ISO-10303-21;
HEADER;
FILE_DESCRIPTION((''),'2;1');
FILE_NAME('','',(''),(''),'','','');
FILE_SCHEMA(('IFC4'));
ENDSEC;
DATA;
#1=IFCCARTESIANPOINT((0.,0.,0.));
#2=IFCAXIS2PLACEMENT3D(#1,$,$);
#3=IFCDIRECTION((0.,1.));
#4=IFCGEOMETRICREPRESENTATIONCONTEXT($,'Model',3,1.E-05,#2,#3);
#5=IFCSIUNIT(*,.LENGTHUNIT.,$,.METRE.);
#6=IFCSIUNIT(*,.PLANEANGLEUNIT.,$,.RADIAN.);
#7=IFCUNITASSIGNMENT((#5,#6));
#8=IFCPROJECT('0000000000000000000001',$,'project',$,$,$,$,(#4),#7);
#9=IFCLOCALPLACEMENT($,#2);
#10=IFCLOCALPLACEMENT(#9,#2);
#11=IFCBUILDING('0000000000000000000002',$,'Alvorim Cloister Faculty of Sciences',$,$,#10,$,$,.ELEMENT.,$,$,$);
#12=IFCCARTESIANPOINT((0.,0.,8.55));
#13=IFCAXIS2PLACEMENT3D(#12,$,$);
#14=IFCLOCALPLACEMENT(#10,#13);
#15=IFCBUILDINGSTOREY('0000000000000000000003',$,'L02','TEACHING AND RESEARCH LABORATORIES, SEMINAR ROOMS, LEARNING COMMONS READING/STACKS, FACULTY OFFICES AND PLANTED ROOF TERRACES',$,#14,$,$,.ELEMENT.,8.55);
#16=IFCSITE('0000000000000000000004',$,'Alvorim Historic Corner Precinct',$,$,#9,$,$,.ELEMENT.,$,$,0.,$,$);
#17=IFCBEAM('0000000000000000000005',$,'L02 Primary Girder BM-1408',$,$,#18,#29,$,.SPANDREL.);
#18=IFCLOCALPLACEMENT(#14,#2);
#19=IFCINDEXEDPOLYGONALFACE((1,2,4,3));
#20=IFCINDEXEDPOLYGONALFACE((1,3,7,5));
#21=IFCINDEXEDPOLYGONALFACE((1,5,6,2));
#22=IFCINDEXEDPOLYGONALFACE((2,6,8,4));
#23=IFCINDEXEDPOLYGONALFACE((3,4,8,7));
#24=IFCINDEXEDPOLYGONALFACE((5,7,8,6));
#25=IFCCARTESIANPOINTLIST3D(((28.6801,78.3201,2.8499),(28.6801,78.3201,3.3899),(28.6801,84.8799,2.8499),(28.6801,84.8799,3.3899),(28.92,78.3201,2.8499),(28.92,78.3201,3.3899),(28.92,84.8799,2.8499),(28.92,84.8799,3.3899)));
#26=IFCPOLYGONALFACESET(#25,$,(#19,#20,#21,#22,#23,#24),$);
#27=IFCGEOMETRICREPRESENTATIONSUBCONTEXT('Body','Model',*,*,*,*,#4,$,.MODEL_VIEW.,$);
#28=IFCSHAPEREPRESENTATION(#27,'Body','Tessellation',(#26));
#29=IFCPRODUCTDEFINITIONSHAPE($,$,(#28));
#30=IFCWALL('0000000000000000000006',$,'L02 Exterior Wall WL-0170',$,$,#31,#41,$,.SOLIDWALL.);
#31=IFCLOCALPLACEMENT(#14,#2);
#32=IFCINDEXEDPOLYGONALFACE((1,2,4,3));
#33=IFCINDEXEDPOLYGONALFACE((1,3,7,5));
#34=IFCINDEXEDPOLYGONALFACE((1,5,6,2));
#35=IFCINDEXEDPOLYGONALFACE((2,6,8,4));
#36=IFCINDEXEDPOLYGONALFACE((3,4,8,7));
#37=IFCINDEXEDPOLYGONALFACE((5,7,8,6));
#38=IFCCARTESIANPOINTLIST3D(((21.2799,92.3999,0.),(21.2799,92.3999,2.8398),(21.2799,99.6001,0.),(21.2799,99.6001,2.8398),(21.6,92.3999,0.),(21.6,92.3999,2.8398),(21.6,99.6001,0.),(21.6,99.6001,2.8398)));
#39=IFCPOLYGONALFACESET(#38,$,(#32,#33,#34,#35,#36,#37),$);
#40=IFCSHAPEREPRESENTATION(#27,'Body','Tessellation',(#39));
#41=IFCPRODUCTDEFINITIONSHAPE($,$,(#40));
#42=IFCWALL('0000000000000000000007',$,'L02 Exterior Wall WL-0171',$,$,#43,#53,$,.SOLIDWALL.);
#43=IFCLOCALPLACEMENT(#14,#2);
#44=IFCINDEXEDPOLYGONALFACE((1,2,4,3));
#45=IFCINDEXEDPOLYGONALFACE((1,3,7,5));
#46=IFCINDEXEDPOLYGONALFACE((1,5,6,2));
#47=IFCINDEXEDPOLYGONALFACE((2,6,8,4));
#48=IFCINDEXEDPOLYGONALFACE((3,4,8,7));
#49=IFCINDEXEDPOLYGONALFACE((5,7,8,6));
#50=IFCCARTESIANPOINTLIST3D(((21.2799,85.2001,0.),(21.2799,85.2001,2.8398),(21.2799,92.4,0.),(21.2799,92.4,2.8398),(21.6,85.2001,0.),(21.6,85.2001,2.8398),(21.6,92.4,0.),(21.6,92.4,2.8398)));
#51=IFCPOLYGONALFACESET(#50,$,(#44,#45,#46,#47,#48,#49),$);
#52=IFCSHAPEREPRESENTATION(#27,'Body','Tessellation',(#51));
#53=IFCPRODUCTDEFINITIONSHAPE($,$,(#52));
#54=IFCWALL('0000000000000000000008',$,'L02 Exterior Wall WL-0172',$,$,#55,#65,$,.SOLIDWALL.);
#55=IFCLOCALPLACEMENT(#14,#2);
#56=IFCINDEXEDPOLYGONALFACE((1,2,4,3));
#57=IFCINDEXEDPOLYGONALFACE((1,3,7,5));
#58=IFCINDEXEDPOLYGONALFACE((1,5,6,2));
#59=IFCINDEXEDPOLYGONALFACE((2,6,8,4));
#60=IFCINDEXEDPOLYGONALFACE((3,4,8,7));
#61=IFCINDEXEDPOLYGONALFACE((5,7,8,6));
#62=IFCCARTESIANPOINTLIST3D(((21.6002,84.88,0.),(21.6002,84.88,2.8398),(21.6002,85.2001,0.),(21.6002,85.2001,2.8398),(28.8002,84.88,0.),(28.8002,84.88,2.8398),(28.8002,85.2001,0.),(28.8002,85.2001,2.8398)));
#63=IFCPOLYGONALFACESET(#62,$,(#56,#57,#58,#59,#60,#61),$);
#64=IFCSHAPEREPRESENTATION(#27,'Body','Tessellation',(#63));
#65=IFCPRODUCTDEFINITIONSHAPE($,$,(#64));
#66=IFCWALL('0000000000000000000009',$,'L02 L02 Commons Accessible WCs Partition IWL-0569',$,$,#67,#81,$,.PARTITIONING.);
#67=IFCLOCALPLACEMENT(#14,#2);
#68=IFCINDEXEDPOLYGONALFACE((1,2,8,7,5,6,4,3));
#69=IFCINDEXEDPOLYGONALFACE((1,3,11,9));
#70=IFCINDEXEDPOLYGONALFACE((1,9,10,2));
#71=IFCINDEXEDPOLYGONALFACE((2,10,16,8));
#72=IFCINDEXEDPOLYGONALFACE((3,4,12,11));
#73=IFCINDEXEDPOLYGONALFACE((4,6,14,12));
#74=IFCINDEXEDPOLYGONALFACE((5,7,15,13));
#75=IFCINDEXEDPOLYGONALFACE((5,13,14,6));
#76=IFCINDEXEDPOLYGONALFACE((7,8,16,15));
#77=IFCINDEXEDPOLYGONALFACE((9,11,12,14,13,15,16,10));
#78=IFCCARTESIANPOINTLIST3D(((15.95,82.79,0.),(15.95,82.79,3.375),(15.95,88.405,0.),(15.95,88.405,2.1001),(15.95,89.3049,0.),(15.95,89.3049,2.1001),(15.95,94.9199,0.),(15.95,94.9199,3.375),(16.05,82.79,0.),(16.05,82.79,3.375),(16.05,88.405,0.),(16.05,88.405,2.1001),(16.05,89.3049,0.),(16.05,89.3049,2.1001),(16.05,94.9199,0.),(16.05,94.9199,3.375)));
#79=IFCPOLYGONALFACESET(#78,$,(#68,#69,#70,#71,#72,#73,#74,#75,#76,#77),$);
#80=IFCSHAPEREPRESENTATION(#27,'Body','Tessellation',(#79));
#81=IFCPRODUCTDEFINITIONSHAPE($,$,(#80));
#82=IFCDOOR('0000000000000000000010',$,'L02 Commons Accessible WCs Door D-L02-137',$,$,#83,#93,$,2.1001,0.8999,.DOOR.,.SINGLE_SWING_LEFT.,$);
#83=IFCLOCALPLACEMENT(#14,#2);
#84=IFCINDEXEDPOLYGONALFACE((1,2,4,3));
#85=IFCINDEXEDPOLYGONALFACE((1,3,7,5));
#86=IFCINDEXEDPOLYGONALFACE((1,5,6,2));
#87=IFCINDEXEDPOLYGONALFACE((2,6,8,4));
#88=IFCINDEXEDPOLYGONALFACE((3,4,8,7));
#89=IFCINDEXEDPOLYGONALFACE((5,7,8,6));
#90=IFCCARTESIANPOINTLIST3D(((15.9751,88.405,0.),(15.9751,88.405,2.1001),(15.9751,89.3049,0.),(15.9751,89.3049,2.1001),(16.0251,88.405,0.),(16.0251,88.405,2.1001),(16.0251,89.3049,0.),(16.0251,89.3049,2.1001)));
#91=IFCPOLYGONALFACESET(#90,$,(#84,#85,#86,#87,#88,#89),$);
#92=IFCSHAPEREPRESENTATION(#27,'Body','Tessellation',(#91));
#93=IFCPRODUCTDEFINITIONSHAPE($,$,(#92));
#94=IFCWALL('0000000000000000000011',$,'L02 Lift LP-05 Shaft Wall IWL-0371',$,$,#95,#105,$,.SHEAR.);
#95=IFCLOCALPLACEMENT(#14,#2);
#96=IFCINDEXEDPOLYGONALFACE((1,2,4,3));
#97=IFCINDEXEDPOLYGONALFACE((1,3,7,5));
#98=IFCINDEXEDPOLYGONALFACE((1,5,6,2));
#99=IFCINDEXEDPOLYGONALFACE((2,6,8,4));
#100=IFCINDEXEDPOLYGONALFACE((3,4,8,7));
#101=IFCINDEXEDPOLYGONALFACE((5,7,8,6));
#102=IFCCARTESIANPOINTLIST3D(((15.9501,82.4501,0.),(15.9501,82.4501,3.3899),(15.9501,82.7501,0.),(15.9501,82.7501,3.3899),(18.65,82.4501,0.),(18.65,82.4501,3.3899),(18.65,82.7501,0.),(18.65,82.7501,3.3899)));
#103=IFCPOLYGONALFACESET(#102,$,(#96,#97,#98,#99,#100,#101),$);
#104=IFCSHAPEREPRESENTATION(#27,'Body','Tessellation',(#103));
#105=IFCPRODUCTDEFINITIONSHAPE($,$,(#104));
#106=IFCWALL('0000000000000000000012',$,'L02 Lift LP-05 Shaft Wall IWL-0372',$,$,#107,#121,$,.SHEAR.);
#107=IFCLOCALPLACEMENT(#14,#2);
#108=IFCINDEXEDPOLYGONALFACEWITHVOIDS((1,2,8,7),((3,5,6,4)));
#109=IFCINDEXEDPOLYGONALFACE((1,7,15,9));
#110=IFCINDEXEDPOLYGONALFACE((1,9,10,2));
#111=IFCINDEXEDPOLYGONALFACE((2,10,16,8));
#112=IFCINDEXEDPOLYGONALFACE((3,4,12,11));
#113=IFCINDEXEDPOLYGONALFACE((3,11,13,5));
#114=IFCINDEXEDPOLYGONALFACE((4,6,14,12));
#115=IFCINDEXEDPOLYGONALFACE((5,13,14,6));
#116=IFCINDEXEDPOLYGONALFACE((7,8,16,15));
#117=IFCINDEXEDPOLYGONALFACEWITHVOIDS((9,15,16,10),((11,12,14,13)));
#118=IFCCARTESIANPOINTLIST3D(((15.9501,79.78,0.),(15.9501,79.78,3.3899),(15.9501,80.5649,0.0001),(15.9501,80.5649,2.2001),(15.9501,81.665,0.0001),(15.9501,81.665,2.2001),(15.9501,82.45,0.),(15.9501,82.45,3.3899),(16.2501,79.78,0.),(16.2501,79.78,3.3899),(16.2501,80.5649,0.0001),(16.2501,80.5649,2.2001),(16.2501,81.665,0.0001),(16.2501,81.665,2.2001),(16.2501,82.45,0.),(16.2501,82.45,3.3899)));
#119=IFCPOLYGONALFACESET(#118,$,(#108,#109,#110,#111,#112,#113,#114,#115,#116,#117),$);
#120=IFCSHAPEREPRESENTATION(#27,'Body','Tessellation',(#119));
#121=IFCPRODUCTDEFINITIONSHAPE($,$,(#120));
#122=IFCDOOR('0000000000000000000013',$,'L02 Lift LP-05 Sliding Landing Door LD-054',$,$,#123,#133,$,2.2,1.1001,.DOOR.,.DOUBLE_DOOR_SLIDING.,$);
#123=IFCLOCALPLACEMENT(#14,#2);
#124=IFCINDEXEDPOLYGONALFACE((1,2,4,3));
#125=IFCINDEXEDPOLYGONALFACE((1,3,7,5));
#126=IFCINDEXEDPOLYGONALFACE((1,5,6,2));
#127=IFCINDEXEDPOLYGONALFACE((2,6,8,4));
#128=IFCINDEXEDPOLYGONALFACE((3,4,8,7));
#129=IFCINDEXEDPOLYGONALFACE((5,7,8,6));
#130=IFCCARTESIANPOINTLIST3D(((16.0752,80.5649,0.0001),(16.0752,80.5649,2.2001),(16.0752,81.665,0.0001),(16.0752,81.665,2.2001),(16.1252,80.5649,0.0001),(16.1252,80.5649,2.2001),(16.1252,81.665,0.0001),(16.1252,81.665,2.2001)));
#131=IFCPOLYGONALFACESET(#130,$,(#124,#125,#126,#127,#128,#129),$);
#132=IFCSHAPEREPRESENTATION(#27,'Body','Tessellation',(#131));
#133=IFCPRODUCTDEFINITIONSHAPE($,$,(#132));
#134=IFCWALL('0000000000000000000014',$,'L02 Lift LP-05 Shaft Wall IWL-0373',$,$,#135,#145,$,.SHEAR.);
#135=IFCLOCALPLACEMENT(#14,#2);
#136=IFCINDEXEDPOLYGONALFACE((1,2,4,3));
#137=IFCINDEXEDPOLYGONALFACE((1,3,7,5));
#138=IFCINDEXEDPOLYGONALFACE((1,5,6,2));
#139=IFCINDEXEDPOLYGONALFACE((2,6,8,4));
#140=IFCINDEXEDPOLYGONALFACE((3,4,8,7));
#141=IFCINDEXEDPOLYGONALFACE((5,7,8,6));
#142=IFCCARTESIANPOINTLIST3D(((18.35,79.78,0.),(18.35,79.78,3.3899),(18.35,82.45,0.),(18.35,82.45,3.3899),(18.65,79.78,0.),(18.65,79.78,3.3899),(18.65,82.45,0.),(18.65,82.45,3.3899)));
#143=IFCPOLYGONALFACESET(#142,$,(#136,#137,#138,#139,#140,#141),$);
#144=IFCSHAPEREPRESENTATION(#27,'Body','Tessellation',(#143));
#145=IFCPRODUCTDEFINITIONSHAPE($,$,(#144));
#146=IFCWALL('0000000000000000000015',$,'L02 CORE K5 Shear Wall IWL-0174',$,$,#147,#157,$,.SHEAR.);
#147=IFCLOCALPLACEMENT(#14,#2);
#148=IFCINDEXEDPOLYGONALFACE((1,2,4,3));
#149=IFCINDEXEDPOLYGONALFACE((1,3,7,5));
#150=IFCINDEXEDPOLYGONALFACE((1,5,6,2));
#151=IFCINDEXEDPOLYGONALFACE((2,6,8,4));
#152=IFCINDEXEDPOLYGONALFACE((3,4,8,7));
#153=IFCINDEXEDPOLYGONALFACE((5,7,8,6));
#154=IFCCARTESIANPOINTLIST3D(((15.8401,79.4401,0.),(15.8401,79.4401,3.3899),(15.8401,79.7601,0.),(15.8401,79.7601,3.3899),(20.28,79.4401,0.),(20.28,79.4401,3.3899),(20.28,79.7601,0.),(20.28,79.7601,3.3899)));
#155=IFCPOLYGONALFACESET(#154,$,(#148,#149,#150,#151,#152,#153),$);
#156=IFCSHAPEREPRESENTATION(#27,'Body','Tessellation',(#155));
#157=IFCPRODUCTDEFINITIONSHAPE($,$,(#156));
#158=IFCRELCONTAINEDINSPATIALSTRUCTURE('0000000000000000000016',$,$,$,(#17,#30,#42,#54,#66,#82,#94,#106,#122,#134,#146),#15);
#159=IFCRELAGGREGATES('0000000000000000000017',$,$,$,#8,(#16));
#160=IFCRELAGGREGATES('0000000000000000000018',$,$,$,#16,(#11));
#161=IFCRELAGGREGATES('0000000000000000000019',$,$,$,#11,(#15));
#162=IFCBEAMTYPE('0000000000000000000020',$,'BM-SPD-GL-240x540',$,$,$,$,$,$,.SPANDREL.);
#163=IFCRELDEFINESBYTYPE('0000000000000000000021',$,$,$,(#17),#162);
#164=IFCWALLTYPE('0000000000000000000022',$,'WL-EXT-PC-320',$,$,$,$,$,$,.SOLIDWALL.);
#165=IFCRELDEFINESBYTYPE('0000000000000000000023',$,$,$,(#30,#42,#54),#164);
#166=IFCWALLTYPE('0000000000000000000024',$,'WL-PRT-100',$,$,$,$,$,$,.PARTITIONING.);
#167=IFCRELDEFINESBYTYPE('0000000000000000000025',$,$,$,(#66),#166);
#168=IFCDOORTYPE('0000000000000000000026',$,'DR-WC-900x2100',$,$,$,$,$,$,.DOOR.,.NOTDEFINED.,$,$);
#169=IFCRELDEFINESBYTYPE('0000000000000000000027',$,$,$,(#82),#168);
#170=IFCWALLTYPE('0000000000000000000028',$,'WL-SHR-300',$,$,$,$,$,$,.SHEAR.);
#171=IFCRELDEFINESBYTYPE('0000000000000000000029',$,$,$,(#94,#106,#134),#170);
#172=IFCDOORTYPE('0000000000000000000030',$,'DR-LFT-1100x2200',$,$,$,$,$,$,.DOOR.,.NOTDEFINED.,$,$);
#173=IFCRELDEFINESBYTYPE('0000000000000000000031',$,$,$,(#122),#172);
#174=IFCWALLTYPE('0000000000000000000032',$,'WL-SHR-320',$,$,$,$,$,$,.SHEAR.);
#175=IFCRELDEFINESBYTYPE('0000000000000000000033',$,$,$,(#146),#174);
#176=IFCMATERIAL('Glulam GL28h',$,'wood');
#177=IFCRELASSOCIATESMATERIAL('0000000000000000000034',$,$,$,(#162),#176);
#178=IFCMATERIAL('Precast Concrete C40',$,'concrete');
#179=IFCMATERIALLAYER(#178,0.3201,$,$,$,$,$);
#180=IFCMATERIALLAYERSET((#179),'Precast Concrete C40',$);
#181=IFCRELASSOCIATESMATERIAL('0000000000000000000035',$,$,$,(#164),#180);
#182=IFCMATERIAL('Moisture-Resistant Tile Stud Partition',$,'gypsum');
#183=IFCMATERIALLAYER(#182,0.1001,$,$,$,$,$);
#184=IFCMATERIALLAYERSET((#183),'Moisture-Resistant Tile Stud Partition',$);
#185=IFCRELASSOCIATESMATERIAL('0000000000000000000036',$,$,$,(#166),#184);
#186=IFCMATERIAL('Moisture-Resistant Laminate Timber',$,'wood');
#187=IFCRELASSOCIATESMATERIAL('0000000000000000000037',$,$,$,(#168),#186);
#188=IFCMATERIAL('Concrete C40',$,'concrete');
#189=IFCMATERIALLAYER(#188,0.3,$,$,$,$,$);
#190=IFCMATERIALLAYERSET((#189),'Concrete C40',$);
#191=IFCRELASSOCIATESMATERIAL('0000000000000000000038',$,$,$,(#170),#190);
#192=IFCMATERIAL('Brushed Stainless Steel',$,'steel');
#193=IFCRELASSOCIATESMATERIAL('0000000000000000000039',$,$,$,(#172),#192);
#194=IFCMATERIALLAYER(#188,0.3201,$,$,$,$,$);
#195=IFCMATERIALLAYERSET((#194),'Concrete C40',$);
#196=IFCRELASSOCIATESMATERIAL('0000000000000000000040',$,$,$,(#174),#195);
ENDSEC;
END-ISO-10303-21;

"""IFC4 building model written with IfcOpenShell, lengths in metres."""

from ifc_helpers import new_model, si_unit, direction, frame, frame_2d, origin, origin_2d, place, context, subcontext, project, spatial, rectangle, extrude, material, layer, layer_set, material_profile, profile_set, type_object, element, fill, save


model = new_model("IFC4")

# Units and contexts
model_context = context("Model", 3, precision=1e-05, world=origin(), true_north=direction((0.0, 1.0)))
body_context = subcontext(model_context, "Body", "Model", "MODEL_VIEW")
ifc_project = project(units=[si_unit("LENGTHUNIT", "METRE"), si_unit("PLANEANGLEUNIT", "RADIAN")], contexts=[model_context])

# Site, building, storey
site_placement = place(None, origin())
site = spatial("IfcSite", under=ifc_project, at=site_placement, Name="Alvorim Historic Corner Precinct", CompositionType="ELEMENT", RefElevation=0.0)
building_placement = place(site_placement, origin())
building = spatial("IfcBuilding", under=site, at=building_placement, Name="Alvorim Cloister Faculty of Sciences", CompositionType="ELEMENT")
storey_placement = place(building_placement, frame((0.0, 0.0, 8.55)))
storey = spatial("IfcBuildingStorey", under=building, at=storey_placement, Name="L02", Description="TEACHING AND RESEARCH LABORATORIES, SEMINAR ROOMS, LEARNING COMMONS READING/STACKS, FACULTY OFFICES AND PLANTED ROOF TERRACES", CompositionType="ELEMENT", Elevation=8.55)

# Shared definitions
ifc_material_1 = material(Name="Precast Concrete C40", Category="concrete")

# Beam
ifc_material_2 = material(Name="Glulam GL28h", Category="wood")
ifc_material_profile_1 = material_profile(ifc_material_2, rectangle(XDim=0.24, YDim=0.54, at=origin_2d()), Name="GL28-SPD-240x540")
ifc_profile_set_1 = profile_set([ifc_material_profile_1], Name="Glulam GL28h")
beam_type_1 = type_object("IfcBeamType", Name="BM-SPD-GL-240x540", PredefinedType="SPANDREL", material=ifc_profile_set_1)
beam_1_placement = place(storey_placement, frame((28.8, 78.3201, 3.1199), z_axis=(0.0, 1.0, 0.0), x_axis=(-1.0, 0.0, 0.0)))
element("IfcBeam", 1, at=beam_1_placement, inside=storey, type_object=beam_type_1, Name="L02 Primary Girder BM-1408", PredefinedType="SPANDREL", context=body_context, shape_type="SweptSolid", body=[
    extrude(rectangle(XDim=0.24, YDim=0.54, at=origin_2d()), origin(), (0.0, 0.0, 1.0), 6.5598),
])

# Walls
ifc_layer_1 = layer(ifc_material_1, 0.3201)
ifc_layer_set_1 = layer_set([ifc_layer_1], Name="Precast Concrete C40")
wall_type_1 = type_object("IfcWallType", Name="WL-EXT-PC-320", PredefinedType="SOLIDWALL", material=ifc_layer_set_1)
wall_1_placement = place(storey_placement, frame((21.4399, 92.3999, 0.0), z_axis=(0.0, 0.0, 1.0), x_axis=(0.0, 1.0, 0.0)))
element("IfcWall", 2, at=wall_1_placement, inside=storey, type_object=wall_type_1, Name="L02 Exterior Wall WL-0170", PredefinedType="SOLIDWALL", context=body_context, shape_type="SweptSolid", body=[
    extrude(rectangle(XDim=7.2002, YDim=0.3201, at=frame_2d((3.6001, 0.0))), origin(), (0.0, 0.0, 1.0), 2.8398),
])
for number, where, z_axis, x_axis, name in (
    (3, (21.4399, 85.2, 0.0), (0.0, 0.0, 1.0), (0.0, 1.0, 0.0), "L02 Exterior Wall WL-0171"),
    (4, (21.6001, 85.04, 0.0), (0.0, 0.0, 1.0), (1.0, 0.0, 0.0), "L02 Exterior Wall WL-0172"),
):
    element("IfcWall", number, at=place(storey_placement, frame(where, z_axis=z_axis, x_axis=x_axis)), inside=storey, type_object=wall_type_1, Name=name, PredefinedType="SOLIDWALL", context=body_context, shape_type="SweptSolid", body=[
        extrude(rectangle(XDim=7.2, YDim=0.3201, at=frame_2d((3.6001, 0.0))), origin(), (0.0, 0.0, 1.0), 2.8398),
    ])

# Wall, opening, door
ifc_material_3 = material(Name="Moisture-Resistant Tile Stud Partition", Category="gypsum")
ifc_layer_2 = layer(ifc_material_3, 0.1001)
ifc_layer_set_2 = layer_set([ifc_layer_2], Name="Moisture-Resistant Tile Stud Partition")
wall_type_2 = type_object("IfcWallType", Name="WL-PRT-100", PredefinedType="PARTITIONING", material=ifc_layer_set_2)
wall_2_placement = place(storey_placement, frame((16.0, 82.79, 0.0), z_axis=(0.0, 0.0, 1.0), x_axis=(0.0, 1.0, 0.0)))
wall_2 = element("IfcWall", 5, at=wall_2_placement, inside=storey, type_object=wall_type_2, Name="L02 L02 Commons Accessible WCs Partition IWL-0569", PredefinedType="PARTITIONING", context=body_context, shape_type="SweptSolid", body=[
    extrude(rectangle(XDim=12.1299, YDim=0.1001, at=frame_2d((6.0649, 0.0))), origin(), (0.0, 0.0, 1.0), 3.375),
])
opening_1_placement = place(wall_2_placement, frame((5.615, 0.0, 0.0)))
opening_1 = element("IfcOpeningElement", 6, at=opening_1_placement, cuts=wall_2, PredefinedType="OPENING", context=body_context, shape_type="SweptSolid", body=[
    extrude(rectangle(XDim=0.8999, YDim=2.1001, at=frame_2d((0.45, 1.05))), frame((0.0, 0.062, 0.0), z_axis=(0.0, -1.0, 0.0), x_axis=(1.0, 0.0, 0.0)), (0.0, 0.0, 1.0), 0.124),
])
ifc_material_4 = material(Name="Moisture-Resistant Laminate Timber", Category="wood")
door_type_1 = type_object("IfcDoorType", Name="DR-WC-900x2100", OperationType="NOTDEFINED", PredefinedType="DOOR", material=ifc_material_4)
door_1_placement = place(opening_1_placement, origin())
door_1 = element("IfcDoor", 7, at=door_1_placement, inside=storey, type_object=door_type_1, Name="L02 Commons Accessible WCs Door D-L02-137", OperationType="SINGLE_SWING_LEFT", OverallHeight=2.1001, OverallWidth=0.8999, PredefinedType="DOOR", context=body_context, shape_type="SweptSolid", body=[
    extrude(rectangle(XDim=0.8999, YDim=2.1001, at=frame_2d((0.45, 1.05))), frame((0.0, 0.0249, 0.0), z_axis=(0.0, -1.0, 0.0), x_axis=(1.0, 0.0, 0.0)), (0.0, 0.0, 1.0), 0.05),
])
fill(opening_1, door_1)

# Wall
ifc_material_5 = material(Name="Concrete C40", Category="concrete")
ifc_layer_3 = layer(ifc_material_5, 0.3)
ifc_layer_set_3 = layer_set([ifc_layer_3], Name="Concrete C40")
wall_type_3 = type_object("IfcWallType", Name="WL-SHR-300", PredefinedType="SHEAR", material=ifc_layer_set_3)
wall_3_placement = place(storey_placement, frame((15.95, 82.6001, 0.0), z_axis=(0.0, 0.0, 1.0), x_axis=(1.0, 0.0, 0.0)))
element("IfcWall", 8, at=wall_3_placement, inside=storey, type_object=wall_type_3, Name="L02 Lift LP-05 Shaft Wall IWL-0371", PredefinedType="SHEAR", context=body_context, shape_type="SweptSolid", body=[
    extrude(rectangle(XDim=2.7, YDim=0.3, at=frame_2d((1.3501, 0.0))), origin(), (0.0, 0.0, 1.0), 3.3899),
])

# Wall, opening, door
wall_4_placement = place(storey_placement, frame((16.1001, 79.78, 0.0), z_axis=(0.0, 0.0, 1.0), x_axis=(0.0, 1.0, 0.0)))
wall_4 = element("IfcWall", 9, at=wall_4_placement, inside=storey, type_object=wall_type_3, Name="L02 Lift LP-05 Shaft Wall IWL-0372", PredefinedType="SHEAR", context=body_context, shape_type="SweptSolid", body=[
    extrude(rectangle(XDim=2.6699, YDim=0.3, at=frame_2d((1.335, 0.0))), origin(), (0.0, 0.0, 1.0), 3.3899),
])
opening_2_placement = place(wall_4_placement, frame((0.7849, 0.0, 0.0)))
opening_2 = element("IfcOpeningElement", 10, at=opening_2_placement, cuts=wall_4, PredefinedType="OPENING", context=body_context, shape_type="SweptSolid", body=[
    extrude(rectangle(XDim=1.1001, YDim=2.2, at=frame_2d((0.55, 1.1001))), frame((0.0, 0.1621, 0.0), z_axis=(0.0, -1.0, 0.0), x_axis=(1.0, 0.0, 0.0)), (0.0, 0.0, 1.0), 0.324),
])
ifc_material_6 = material(Name="Brushed Stainless Steel", Category="steel")
door_type_2 = type_object("IfcDoorType", Name="DR-LFT-1100x2200", OperationType="NOTDEFINED", PredefinedType="DOOR", material=ifc_material_6)
door_2_placement = place(opening_2_placement, origin())
door_2 = element("IfcDoor", 11, at=door_2_placement, inside=storey, type_object=door_type_2, Name="L02 Lift LP-05 Sliding Landing Door LD-054", OperationType="DOUBLE_DOOR_SLIDING", OverallHeight=2.2, OverallWidth=1.1001, PredefinedType="DOOR", context=body_context, shape_type="SweptSolid", body=[
    extrude(rectangle(XDim=1.1001, YDim=2.2, at=frame_2d((0.55, 1.1001))), frame((0.0, 0.0249, 0.0), z_axis=(0.0, -1.0, 0.0), x_axis=(1.0, 0.0, 0.0)), (0.0, 0.0, 1.0), 0.05),
])
fill(opening_2, door_2)

# Walls
wall_5_placement = place(storey_placement, frame((18.5, 79.78, 0.0), z_axis=(0.0, 0.0, 1.0), x_axis=(0.0, 1.0, 0.0)))
element("IfcWall", 12, at=wall_5_placement, inside=storey, type_object=wall_type_3, Name="L02 Lift LP-05 Shaft Wall IWL-0373", PredefinedType="SHEAR", context=body_context, shape_type="SweptSolid", body=[
    extrude(rectangle(XDim=2.6699, YDim=0.3, at=frame_2d((1.335, 0.0))), origin(), (0.0, 0.0, 1.0), 3.3899),
])
ifc_layer_4 = layer(ifc_material_5, 0.3201)
ifc_layer_set_4 = layer_set([ifc_layer_4], Name="Concrete C40")
wall_type_4 = type_object("IfcWallType", Name="WL-SHR-320", PredefinedType="SHEAR", material=ifc_layer_set_4)
wall_6_placement = place(storey_placement, frame((15.8401, 79.6001, 0.0), z_axis=(0.0, 0.0, 1.0), x_axis=(1.0, 0.0, 0.0)))
element("IfcWall", 13, at=wall_6_placement, inside=storey, type_object=wall_type_4, Name="L02 CORE K5 Shear Wall IWL-0174", PredefinedType="SHEAR", context=body_context, shape_type="SweptSolid", body=[
    extrude(rectangle(XDim=4.4399, YDim=0.3201, at=frame_2d((2.22, 0.0))), origin(), (0.0, 0.0, 1.0), 3.3899),
])

save(model, "model.ifc")
